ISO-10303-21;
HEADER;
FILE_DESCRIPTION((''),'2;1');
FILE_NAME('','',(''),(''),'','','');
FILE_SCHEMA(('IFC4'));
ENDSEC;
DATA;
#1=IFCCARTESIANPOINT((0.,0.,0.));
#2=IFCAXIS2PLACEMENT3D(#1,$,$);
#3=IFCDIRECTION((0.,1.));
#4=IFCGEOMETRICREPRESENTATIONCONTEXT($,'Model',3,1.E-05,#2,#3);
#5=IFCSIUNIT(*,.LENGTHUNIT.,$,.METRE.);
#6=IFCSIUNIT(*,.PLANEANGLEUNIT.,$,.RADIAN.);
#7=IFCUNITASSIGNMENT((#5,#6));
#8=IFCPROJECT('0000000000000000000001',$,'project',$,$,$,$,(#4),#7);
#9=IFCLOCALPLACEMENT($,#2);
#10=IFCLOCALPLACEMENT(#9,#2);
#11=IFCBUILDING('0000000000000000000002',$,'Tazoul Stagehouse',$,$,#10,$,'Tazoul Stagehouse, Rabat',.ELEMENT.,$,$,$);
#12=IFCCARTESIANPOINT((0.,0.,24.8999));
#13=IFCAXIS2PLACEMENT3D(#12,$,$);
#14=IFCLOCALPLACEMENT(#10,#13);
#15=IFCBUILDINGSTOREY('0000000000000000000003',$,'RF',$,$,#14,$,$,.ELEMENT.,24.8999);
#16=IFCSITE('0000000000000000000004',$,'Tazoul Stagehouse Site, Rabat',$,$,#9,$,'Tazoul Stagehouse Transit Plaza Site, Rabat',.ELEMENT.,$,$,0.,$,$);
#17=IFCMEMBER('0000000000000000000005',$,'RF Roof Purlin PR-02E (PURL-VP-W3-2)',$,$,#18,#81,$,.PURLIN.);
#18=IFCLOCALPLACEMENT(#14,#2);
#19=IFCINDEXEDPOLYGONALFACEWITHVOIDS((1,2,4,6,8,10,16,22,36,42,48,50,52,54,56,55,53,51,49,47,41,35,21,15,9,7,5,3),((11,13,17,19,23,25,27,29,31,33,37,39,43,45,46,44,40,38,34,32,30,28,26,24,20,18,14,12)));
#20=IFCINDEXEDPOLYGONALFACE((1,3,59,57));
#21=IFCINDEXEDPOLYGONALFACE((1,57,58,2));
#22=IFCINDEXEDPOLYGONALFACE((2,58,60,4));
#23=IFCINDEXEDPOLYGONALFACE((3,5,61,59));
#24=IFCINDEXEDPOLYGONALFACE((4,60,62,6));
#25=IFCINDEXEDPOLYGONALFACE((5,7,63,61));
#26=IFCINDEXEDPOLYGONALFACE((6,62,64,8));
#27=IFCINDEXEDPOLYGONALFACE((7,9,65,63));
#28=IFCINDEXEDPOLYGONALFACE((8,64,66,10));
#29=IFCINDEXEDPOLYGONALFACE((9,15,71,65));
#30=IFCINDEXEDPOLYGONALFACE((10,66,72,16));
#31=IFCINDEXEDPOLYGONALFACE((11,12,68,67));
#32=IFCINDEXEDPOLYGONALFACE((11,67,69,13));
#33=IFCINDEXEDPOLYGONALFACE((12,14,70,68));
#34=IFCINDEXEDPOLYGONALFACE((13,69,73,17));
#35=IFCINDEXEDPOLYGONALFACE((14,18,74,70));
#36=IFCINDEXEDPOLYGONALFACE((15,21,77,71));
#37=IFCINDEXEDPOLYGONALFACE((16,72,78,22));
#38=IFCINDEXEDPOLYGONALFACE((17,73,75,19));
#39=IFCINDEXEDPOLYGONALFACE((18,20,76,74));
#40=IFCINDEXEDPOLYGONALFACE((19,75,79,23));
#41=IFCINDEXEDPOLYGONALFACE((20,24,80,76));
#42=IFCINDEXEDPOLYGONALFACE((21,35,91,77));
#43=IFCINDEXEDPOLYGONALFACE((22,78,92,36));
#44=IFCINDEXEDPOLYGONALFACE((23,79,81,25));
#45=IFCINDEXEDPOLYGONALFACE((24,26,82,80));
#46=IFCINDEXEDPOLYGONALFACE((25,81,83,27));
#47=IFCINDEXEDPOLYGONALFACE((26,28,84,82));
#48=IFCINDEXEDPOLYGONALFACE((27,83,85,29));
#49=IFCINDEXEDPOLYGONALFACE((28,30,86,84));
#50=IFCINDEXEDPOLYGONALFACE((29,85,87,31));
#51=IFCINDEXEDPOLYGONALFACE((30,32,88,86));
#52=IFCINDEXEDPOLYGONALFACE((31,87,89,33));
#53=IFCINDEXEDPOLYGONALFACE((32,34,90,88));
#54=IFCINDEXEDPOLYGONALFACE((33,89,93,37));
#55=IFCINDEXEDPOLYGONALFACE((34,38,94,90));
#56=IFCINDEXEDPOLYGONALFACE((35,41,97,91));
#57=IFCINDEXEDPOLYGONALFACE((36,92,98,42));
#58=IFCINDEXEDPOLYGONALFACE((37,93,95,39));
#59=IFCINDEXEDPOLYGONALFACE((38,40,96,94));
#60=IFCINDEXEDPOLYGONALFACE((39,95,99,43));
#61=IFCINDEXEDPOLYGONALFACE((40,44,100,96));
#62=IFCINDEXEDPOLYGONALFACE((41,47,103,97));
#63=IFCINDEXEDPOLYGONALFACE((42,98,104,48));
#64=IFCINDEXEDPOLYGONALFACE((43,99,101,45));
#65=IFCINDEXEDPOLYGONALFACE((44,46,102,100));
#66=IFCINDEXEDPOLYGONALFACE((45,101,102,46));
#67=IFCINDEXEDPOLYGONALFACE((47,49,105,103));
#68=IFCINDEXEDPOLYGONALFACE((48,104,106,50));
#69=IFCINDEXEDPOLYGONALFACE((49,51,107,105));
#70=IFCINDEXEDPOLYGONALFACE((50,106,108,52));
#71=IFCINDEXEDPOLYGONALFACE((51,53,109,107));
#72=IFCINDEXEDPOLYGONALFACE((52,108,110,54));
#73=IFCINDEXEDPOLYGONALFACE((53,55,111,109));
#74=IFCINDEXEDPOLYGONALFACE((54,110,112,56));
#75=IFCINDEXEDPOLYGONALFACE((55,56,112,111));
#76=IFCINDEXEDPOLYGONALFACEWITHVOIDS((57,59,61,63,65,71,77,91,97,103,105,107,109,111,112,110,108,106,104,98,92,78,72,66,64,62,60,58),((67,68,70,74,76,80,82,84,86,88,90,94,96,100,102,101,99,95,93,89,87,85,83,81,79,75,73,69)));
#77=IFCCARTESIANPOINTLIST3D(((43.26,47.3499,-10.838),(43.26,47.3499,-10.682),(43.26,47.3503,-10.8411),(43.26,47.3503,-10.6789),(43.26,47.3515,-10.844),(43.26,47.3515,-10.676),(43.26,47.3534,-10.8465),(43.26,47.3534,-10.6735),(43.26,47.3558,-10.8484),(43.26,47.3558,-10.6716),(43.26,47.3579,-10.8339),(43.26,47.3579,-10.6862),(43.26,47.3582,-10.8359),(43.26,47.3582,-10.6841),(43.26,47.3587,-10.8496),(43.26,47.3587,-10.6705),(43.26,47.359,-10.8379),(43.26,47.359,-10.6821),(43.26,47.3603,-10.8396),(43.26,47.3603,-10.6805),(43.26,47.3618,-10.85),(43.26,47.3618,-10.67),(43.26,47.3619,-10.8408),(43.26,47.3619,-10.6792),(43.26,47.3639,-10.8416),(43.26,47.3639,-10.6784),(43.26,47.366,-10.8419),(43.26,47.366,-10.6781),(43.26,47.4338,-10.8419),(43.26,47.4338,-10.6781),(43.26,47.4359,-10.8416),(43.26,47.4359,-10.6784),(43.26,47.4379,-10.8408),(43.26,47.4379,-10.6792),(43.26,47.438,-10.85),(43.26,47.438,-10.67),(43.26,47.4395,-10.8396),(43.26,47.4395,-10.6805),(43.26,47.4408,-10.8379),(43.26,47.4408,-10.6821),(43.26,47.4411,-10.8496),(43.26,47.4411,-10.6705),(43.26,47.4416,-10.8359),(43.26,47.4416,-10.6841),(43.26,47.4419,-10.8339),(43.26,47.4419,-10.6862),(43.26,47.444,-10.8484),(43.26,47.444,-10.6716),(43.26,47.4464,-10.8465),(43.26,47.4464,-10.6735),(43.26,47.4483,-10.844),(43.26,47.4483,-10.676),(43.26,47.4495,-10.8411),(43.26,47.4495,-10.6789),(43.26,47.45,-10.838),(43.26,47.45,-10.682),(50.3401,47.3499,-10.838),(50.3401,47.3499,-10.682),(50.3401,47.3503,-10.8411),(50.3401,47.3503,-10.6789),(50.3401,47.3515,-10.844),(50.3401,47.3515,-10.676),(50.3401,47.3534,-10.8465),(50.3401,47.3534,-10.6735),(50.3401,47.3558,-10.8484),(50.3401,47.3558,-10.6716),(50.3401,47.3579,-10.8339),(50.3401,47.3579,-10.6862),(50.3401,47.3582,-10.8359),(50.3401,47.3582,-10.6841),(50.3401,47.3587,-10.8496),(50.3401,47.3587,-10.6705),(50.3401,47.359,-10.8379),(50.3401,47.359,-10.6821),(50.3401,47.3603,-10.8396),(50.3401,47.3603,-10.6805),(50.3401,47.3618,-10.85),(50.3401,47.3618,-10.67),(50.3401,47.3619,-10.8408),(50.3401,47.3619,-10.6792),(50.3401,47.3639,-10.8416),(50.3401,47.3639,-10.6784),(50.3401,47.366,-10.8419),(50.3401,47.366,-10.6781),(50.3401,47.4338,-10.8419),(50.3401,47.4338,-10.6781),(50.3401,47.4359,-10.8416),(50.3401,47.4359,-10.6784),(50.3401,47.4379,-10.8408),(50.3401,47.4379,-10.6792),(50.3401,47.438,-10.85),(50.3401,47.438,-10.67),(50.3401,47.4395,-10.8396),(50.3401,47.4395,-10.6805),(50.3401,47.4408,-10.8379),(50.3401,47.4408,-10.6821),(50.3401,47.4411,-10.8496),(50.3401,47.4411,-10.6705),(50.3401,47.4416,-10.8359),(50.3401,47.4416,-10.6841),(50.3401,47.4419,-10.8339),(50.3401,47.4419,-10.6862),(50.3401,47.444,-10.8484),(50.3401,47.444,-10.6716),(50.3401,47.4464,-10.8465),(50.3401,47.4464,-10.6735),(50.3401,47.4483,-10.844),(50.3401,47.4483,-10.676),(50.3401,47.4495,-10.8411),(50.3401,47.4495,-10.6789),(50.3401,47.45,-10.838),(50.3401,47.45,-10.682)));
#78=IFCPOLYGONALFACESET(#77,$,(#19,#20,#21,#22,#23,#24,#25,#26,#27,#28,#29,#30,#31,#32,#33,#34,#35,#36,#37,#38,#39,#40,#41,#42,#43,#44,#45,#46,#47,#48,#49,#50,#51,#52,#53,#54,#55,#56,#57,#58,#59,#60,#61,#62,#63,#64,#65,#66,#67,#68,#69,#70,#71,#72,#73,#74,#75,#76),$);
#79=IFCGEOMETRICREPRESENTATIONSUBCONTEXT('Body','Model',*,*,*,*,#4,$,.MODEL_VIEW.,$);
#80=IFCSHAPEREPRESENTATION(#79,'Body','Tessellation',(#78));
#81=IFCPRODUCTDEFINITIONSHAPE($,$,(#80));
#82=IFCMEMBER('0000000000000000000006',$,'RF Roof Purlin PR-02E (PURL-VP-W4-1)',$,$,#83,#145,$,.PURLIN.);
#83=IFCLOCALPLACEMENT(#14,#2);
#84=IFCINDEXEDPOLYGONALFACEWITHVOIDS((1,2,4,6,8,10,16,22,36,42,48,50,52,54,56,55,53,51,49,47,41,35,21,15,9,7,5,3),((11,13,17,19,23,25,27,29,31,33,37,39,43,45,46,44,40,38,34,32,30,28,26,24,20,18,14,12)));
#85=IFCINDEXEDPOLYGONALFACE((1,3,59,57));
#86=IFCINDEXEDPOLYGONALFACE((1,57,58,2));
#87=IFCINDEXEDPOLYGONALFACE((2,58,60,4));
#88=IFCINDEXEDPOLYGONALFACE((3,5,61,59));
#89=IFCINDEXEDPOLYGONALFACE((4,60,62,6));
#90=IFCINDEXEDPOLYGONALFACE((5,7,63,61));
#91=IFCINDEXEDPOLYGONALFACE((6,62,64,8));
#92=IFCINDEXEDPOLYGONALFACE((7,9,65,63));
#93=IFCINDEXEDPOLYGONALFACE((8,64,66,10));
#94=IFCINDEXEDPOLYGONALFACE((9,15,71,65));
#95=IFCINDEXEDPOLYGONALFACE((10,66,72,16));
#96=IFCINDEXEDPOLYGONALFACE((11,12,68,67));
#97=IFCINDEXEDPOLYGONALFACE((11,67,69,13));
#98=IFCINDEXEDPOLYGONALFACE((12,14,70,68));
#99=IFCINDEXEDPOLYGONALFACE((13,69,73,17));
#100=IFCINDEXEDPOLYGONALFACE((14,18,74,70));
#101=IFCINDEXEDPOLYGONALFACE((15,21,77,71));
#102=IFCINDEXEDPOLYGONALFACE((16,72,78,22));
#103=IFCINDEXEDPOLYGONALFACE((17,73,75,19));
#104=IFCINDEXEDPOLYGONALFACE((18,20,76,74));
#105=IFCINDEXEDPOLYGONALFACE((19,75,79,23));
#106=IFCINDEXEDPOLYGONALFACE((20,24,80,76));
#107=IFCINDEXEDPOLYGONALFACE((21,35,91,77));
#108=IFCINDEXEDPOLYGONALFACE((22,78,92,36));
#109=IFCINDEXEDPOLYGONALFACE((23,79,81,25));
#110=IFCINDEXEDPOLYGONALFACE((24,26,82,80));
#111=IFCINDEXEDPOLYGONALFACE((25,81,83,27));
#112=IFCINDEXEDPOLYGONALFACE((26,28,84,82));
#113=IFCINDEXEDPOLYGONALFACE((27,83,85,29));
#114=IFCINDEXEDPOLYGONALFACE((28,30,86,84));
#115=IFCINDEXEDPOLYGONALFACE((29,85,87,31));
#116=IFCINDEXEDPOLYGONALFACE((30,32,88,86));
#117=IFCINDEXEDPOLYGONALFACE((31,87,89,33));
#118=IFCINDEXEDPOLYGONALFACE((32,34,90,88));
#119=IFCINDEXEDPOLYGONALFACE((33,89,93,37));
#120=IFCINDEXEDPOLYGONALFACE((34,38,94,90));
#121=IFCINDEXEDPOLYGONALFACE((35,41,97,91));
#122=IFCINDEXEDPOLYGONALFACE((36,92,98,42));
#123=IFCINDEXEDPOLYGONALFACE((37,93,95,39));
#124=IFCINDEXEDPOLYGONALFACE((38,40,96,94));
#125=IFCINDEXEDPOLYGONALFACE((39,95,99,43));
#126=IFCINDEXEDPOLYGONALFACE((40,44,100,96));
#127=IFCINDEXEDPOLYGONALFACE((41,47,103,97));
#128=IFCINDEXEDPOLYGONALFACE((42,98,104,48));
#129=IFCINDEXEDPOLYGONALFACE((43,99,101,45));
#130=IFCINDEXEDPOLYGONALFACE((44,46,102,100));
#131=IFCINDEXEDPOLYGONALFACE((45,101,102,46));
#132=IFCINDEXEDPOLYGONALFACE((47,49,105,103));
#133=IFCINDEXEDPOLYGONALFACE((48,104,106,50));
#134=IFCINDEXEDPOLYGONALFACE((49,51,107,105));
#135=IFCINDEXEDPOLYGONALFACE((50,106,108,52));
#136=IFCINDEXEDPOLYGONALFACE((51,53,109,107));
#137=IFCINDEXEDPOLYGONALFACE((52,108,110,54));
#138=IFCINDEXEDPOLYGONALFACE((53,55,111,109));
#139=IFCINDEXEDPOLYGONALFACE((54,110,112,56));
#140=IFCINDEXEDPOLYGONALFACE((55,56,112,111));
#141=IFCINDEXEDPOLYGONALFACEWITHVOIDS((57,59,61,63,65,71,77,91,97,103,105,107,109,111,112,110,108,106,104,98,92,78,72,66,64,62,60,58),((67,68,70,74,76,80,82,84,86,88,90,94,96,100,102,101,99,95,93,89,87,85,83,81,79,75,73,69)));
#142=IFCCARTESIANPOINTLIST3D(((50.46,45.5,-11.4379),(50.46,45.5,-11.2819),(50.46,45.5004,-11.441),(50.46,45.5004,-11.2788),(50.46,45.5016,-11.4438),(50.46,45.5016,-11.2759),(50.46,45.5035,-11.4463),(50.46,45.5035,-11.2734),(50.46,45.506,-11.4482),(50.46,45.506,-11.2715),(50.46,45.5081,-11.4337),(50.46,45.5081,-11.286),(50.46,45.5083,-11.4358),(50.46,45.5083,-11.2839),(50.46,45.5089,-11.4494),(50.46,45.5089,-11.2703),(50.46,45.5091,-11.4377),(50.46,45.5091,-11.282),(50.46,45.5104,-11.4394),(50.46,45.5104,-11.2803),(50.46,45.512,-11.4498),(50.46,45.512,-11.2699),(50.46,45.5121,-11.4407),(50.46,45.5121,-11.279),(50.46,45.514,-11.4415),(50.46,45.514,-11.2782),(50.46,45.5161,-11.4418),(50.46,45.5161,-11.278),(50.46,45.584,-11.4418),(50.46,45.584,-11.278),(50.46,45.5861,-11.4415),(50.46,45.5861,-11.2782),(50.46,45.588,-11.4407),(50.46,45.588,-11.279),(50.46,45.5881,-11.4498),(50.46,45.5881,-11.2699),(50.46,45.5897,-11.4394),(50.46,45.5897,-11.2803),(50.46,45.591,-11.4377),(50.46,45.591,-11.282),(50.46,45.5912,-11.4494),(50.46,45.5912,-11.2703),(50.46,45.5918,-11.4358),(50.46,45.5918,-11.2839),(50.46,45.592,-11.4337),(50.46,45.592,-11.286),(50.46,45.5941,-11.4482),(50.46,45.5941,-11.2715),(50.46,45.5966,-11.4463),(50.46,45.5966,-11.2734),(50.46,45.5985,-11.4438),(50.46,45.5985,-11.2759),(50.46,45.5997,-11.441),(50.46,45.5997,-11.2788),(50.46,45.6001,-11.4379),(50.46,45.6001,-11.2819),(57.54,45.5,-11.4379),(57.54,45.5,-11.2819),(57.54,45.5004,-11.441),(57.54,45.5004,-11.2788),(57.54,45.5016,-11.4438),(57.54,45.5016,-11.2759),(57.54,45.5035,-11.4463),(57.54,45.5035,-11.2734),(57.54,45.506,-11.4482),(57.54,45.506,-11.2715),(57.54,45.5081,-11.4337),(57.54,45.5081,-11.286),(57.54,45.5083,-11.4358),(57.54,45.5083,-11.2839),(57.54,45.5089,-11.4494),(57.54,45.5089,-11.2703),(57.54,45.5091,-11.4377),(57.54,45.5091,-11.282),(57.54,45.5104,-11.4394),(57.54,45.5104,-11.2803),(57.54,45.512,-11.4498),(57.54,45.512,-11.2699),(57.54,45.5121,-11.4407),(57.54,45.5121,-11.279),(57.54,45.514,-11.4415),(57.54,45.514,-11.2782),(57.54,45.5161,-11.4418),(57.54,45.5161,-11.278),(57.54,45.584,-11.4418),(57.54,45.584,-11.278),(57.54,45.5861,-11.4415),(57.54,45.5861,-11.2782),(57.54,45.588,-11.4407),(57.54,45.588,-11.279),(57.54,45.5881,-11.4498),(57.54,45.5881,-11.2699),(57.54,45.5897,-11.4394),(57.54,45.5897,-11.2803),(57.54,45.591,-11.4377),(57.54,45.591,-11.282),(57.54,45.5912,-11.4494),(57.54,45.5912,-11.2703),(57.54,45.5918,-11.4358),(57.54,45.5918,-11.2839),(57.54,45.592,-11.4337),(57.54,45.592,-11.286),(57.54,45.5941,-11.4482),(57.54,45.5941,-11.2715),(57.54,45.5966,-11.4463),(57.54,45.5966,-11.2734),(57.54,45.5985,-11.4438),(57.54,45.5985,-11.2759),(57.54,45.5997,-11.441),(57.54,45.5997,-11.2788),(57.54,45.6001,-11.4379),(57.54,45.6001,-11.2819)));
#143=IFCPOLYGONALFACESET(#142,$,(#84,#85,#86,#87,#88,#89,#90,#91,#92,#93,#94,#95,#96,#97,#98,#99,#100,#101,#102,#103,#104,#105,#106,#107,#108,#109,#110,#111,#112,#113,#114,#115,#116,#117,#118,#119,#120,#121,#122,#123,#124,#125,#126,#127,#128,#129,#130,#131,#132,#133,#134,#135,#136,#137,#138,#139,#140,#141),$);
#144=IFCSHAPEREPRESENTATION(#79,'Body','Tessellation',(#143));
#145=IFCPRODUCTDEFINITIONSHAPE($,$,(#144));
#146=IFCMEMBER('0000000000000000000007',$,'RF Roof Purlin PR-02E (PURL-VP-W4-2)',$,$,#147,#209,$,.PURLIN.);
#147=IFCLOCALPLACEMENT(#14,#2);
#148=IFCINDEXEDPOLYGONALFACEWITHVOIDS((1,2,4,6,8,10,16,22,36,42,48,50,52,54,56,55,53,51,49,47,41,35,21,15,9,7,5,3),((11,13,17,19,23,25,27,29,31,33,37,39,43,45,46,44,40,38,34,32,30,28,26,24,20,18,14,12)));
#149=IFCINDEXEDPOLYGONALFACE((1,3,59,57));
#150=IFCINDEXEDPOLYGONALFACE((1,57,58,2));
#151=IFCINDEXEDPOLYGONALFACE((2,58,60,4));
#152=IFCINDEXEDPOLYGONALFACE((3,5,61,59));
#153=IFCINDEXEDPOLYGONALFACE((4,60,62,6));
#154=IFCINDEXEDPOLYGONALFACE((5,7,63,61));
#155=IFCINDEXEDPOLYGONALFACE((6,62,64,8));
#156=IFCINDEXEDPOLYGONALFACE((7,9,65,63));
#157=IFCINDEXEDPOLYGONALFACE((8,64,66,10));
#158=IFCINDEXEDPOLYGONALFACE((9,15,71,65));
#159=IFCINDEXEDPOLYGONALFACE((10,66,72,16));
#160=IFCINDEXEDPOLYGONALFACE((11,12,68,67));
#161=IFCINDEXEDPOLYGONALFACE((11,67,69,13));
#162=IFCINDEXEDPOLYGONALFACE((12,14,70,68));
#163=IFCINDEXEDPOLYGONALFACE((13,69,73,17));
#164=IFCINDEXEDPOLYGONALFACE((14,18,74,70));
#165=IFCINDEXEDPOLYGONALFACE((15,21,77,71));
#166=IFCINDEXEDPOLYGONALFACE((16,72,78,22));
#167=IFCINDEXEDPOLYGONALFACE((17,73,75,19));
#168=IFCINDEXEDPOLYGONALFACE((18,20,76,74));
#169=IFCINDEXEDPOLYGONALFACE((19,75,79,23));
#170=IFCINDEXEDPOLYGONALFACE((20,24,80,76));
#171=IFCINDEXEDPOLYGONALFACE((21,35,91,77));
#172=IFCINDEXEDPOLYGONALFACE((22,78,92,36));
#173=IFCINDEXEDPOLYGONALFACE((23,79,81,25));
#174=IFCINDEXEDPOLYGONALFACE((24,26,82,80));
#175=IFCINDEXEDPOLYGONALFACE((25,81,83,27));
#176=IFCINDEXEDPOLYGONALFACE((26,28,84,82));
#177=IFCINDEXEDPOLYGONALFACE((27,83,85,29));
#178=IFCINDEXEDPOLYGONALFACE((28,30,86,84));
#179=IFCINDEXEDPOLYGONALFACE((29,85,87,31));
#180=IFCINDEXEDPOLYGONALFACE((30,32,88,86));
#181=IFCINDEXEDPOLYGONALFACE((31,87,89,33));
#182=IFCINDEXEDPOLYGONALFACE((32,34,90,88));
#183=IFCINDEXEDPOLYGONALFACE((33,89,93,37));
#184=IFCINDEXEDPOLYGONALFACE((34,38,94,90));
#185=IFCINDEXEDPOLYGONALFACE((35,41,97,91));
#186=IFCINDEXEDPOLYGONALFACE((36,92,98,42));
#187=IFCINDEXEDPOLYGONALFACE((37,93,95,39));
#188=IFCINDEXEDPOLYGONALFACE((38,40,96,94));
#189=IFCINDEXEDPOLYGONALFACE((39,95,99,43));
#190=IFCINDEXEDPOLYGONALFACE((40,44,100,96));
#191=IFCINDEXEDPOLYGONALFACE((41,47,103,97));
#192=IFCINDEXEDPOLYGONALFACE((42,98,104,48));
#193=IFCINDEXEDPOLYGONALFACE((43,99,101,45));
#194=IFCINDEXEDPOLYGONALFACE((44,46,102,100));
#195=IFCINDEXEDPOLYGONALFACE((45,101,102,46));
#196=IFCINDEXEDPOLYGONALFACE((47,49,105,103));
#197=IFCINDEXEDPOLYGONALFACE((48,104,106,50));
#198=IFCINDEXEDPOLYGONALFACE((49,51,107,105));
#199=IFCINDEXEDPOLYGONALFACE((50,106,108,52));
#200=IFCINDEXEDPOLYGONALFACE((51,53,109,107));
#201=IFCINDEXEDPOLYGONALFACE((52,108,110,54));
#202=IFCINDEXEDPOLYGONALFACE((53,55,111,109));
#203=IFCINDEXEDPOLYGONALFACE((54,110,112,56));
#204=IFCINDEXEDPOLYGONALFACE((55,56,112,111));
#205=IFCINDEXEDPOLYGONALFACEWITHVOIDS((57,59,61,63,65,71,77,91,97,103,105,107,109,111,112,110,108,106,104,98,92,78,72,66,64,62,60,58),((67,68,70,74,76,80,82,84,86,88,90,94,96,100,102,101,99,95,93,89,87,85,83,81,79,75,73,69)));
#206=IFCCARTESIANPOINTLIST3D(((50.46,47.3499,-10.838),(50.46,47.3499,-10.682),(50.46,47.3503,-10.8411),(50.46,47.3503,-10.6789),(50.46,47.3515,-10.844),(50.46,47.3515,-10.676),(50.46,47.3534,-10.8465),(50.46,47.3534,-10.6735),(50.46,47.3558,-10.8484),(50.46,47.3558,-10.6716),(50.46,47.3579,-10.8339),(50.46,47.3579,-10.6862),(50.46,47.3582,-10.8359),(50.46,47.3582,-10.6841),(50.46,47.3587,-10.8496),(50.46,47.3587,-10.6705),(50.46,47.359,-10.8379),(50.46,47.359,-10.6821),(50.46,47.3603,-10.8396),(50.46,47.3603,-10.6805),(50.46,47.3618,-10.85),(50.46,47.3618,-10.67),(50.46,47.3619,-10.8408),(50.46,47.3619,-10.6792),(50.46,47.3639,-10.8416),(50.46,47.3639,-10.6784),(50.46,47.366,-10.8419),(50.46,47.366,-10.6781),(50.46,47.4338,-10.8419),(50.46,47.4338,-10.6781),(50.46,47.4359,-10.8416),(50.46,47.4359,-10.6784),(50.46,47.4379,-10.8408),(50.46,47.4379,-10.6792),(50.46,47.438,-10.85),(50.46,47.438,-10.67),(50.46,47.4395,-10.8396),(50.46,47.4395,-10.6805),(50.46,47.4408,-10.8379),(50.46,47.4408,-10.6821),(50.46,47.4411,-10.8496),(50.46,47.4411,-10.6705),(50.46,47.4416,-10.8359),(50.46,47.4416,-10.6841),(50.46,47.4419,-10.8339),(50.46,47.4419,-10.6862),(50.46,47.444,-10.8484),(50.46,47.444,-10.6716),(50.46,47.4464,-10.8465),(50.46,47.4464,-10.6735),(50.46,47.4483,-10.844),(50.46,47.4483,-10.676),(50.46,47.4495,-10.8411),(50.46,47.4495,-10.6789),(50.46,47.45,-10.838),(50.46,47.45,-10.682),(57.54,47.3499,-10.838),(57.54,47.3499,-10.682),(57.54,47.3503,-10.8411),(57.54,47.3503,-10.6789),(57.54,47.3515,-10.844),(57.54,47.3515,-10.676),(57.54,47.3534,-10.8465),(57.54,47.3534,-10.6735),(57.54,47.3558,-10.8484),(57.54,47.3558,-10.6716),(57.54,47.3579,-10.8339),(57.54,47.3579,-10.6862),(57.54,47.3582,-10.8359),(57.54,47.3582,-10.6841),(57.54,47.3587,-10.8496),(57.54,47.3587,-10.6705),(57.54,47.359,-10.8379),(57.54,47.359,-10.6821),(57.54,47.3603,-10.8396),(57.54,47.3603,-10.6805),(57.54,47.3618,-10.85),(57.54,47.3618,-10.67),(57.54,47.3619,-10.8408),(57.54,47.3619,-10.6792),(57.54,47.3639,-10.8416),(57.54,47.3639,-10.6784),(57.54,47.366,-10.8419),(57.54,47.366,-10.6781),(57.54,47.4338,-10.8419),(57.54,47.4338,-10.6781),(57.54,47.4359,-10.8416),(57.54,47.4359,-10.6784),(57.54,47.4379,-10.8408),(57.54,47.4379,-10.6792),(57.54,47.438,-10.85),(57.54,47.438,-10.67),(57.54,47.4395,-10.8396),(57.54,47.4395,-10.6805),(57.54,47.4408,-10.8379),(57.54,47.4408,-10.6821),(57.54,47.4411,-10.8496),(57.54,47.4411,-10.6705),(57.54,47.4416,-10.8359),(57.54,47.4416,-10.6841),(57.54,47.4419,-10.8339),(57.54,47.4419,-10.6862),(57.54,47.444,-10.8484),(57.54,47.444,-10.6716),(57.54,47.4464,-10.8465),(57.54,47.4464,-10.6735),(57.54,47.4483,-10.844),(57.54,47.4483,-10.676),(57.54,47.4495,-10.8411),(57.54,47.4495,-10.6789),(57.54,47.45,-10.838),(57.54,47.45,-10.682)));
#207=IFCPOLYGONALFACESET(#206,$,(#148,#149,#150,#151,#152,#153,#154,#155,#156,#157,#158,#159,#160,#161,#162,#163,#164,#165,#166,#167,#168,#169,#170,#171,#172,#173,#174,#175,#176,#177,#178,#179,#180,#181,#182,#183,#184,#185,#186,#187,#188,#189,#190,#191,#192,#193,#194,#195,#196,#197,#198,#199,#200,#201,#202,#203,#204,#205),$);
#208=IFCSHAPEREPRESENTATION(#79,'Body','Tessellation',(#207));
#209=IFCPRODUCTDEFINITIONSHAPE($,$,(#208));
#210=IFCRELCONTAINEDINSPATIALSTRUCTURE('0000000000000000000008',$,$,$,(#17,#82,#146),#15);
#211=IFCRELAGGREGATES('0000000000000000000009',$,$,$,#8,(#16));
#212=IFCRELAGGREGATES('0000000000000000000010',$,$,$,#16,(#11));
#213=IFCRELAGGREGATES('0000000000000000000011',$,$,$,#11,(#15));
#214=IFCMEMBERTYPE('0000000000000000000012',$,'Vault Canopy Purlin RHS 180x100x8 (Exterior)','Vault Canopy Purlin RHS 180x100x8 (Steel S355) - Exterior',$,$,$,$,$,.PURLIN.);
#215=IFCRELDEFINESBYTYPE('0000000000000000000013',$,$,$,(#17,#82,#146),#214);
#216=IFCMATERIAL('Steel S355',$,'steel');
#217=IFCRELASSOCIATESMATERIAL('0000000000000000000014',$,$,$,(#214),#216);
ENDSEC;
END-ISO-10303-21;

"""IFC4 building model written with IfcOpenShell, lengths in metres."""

from ifc_helpers import new_model, si_unit, direction, frame, origin, origin_2d, place, context, subcontext, project, spatial, hollow_rectangle, extrude, material, material_profile, profile_set, type_object, element, save


model = new_model("IFC4")

# Units and contexts
model_context = context("Model", 3, precision=1e-05, world=origin(), true_north=direction((0.0, 1.0)))
body_context = subcontext(model_context, "Body", "Model", "MODEL_VIEW")
ifc_project = project(units=[si_unit("LENGTHUNIT", "METRE"), si_unit("PLANEANGLEUNIT", "RADIAN")], contexts=[model_context])

# Site, building, storey
site_placement = place(None, origin())
site = spatial("IfcSite", under=ifc_project, at=site_placement, Name="Tazoul Stagehouse Site, Rabat", LongName="Tazoul Stagehouse Transit Plaza Site, Rabat", CompositionType="ELEMENT", RefElevation=0.0)
building_placement = place(site_placement, origin())
building = spatial("IfcBuilding", under=site, at=building_placement, Name="Tazoul Stagehouse", LongName="Tazoul Stagehouse, Rabat", CompositionType="ELEMENT")
storey_placement = place(building_placement, frame((0.0, 0.0, 24.8999)))
storey = spatial("IfcBuildingStorey", under=building, at=storey_placement, Name="RF", CompositionType="ELEMENT", Elevation=24.8999)

# Shared definitions
ifc_material_1 = material(Name="Steel S355", Category="steel")

# Members
ifc_material_profile_1 = material_profile(ifc_material_1, hollow_rectangle(XDim=0.1001, YDim=0.1799, WallThickness=0.0081, InnerFilletRadius=0.0081, OuterFilletRadius=0.012, at=origin_2d()), Name="RHS 180x100x8")
ifc_profile_set_1 = profile_set([ifc_material_profile_1], Name="Steel S355")
member_type_1 = type_object("IfcMemberType", Name="Vault Canopy Purlin RHS 180x100x8 (Exterior)", Description="Vault Canopy Purlin RHS 180x100x8 (Steel S355) - Exterior", PredefinedType="PURLIN", material=ifc_profile_set_1)
for number, where, z_axis, x_axis, name in (
    (1, (43.26, 47.3999, -10.76), (1.0, 0.0, 0.0), (0.0, 1.0, 0.0), "RF Roof Purlin PR-02E (PURL-VP-W3-2)"),
    (2, (50.46, 45.55, -11.3599), (1.0, 0.0, 0.0), (0.0, 1.0, 0.0), "RF Roof Purlin PR-02E (PURL-VP-W4-1)"),
    (3, (50.46, 47.3999, -10.76), (1.0, 0.0, 0.0), (0.0, 1.0, 0.0), "RF Roof Purlin PR-02E (PURL-VP-W4-2)"),
):
    element("IfcMember", number, at=place(storey_placement, frame(where, z_axis=z_axis, x_axis=x_axis)), inside=storey, type_object=member_type_1, Name=name, PredefinedType="PURLIN", context=body_context, shape_type="SweptSolid", body=[
        extrude(hollow_rectangle(XDim=0.1001, YDim=0.1799, WallThickness=0.0081, InnerFilletRadius=0.0081, OuterFilletRadius=0.012, at=origin_2d()), origin(), (0.0, 0.0, 1.0), 7.0801),
    ])

save(model, "model.ifc")
